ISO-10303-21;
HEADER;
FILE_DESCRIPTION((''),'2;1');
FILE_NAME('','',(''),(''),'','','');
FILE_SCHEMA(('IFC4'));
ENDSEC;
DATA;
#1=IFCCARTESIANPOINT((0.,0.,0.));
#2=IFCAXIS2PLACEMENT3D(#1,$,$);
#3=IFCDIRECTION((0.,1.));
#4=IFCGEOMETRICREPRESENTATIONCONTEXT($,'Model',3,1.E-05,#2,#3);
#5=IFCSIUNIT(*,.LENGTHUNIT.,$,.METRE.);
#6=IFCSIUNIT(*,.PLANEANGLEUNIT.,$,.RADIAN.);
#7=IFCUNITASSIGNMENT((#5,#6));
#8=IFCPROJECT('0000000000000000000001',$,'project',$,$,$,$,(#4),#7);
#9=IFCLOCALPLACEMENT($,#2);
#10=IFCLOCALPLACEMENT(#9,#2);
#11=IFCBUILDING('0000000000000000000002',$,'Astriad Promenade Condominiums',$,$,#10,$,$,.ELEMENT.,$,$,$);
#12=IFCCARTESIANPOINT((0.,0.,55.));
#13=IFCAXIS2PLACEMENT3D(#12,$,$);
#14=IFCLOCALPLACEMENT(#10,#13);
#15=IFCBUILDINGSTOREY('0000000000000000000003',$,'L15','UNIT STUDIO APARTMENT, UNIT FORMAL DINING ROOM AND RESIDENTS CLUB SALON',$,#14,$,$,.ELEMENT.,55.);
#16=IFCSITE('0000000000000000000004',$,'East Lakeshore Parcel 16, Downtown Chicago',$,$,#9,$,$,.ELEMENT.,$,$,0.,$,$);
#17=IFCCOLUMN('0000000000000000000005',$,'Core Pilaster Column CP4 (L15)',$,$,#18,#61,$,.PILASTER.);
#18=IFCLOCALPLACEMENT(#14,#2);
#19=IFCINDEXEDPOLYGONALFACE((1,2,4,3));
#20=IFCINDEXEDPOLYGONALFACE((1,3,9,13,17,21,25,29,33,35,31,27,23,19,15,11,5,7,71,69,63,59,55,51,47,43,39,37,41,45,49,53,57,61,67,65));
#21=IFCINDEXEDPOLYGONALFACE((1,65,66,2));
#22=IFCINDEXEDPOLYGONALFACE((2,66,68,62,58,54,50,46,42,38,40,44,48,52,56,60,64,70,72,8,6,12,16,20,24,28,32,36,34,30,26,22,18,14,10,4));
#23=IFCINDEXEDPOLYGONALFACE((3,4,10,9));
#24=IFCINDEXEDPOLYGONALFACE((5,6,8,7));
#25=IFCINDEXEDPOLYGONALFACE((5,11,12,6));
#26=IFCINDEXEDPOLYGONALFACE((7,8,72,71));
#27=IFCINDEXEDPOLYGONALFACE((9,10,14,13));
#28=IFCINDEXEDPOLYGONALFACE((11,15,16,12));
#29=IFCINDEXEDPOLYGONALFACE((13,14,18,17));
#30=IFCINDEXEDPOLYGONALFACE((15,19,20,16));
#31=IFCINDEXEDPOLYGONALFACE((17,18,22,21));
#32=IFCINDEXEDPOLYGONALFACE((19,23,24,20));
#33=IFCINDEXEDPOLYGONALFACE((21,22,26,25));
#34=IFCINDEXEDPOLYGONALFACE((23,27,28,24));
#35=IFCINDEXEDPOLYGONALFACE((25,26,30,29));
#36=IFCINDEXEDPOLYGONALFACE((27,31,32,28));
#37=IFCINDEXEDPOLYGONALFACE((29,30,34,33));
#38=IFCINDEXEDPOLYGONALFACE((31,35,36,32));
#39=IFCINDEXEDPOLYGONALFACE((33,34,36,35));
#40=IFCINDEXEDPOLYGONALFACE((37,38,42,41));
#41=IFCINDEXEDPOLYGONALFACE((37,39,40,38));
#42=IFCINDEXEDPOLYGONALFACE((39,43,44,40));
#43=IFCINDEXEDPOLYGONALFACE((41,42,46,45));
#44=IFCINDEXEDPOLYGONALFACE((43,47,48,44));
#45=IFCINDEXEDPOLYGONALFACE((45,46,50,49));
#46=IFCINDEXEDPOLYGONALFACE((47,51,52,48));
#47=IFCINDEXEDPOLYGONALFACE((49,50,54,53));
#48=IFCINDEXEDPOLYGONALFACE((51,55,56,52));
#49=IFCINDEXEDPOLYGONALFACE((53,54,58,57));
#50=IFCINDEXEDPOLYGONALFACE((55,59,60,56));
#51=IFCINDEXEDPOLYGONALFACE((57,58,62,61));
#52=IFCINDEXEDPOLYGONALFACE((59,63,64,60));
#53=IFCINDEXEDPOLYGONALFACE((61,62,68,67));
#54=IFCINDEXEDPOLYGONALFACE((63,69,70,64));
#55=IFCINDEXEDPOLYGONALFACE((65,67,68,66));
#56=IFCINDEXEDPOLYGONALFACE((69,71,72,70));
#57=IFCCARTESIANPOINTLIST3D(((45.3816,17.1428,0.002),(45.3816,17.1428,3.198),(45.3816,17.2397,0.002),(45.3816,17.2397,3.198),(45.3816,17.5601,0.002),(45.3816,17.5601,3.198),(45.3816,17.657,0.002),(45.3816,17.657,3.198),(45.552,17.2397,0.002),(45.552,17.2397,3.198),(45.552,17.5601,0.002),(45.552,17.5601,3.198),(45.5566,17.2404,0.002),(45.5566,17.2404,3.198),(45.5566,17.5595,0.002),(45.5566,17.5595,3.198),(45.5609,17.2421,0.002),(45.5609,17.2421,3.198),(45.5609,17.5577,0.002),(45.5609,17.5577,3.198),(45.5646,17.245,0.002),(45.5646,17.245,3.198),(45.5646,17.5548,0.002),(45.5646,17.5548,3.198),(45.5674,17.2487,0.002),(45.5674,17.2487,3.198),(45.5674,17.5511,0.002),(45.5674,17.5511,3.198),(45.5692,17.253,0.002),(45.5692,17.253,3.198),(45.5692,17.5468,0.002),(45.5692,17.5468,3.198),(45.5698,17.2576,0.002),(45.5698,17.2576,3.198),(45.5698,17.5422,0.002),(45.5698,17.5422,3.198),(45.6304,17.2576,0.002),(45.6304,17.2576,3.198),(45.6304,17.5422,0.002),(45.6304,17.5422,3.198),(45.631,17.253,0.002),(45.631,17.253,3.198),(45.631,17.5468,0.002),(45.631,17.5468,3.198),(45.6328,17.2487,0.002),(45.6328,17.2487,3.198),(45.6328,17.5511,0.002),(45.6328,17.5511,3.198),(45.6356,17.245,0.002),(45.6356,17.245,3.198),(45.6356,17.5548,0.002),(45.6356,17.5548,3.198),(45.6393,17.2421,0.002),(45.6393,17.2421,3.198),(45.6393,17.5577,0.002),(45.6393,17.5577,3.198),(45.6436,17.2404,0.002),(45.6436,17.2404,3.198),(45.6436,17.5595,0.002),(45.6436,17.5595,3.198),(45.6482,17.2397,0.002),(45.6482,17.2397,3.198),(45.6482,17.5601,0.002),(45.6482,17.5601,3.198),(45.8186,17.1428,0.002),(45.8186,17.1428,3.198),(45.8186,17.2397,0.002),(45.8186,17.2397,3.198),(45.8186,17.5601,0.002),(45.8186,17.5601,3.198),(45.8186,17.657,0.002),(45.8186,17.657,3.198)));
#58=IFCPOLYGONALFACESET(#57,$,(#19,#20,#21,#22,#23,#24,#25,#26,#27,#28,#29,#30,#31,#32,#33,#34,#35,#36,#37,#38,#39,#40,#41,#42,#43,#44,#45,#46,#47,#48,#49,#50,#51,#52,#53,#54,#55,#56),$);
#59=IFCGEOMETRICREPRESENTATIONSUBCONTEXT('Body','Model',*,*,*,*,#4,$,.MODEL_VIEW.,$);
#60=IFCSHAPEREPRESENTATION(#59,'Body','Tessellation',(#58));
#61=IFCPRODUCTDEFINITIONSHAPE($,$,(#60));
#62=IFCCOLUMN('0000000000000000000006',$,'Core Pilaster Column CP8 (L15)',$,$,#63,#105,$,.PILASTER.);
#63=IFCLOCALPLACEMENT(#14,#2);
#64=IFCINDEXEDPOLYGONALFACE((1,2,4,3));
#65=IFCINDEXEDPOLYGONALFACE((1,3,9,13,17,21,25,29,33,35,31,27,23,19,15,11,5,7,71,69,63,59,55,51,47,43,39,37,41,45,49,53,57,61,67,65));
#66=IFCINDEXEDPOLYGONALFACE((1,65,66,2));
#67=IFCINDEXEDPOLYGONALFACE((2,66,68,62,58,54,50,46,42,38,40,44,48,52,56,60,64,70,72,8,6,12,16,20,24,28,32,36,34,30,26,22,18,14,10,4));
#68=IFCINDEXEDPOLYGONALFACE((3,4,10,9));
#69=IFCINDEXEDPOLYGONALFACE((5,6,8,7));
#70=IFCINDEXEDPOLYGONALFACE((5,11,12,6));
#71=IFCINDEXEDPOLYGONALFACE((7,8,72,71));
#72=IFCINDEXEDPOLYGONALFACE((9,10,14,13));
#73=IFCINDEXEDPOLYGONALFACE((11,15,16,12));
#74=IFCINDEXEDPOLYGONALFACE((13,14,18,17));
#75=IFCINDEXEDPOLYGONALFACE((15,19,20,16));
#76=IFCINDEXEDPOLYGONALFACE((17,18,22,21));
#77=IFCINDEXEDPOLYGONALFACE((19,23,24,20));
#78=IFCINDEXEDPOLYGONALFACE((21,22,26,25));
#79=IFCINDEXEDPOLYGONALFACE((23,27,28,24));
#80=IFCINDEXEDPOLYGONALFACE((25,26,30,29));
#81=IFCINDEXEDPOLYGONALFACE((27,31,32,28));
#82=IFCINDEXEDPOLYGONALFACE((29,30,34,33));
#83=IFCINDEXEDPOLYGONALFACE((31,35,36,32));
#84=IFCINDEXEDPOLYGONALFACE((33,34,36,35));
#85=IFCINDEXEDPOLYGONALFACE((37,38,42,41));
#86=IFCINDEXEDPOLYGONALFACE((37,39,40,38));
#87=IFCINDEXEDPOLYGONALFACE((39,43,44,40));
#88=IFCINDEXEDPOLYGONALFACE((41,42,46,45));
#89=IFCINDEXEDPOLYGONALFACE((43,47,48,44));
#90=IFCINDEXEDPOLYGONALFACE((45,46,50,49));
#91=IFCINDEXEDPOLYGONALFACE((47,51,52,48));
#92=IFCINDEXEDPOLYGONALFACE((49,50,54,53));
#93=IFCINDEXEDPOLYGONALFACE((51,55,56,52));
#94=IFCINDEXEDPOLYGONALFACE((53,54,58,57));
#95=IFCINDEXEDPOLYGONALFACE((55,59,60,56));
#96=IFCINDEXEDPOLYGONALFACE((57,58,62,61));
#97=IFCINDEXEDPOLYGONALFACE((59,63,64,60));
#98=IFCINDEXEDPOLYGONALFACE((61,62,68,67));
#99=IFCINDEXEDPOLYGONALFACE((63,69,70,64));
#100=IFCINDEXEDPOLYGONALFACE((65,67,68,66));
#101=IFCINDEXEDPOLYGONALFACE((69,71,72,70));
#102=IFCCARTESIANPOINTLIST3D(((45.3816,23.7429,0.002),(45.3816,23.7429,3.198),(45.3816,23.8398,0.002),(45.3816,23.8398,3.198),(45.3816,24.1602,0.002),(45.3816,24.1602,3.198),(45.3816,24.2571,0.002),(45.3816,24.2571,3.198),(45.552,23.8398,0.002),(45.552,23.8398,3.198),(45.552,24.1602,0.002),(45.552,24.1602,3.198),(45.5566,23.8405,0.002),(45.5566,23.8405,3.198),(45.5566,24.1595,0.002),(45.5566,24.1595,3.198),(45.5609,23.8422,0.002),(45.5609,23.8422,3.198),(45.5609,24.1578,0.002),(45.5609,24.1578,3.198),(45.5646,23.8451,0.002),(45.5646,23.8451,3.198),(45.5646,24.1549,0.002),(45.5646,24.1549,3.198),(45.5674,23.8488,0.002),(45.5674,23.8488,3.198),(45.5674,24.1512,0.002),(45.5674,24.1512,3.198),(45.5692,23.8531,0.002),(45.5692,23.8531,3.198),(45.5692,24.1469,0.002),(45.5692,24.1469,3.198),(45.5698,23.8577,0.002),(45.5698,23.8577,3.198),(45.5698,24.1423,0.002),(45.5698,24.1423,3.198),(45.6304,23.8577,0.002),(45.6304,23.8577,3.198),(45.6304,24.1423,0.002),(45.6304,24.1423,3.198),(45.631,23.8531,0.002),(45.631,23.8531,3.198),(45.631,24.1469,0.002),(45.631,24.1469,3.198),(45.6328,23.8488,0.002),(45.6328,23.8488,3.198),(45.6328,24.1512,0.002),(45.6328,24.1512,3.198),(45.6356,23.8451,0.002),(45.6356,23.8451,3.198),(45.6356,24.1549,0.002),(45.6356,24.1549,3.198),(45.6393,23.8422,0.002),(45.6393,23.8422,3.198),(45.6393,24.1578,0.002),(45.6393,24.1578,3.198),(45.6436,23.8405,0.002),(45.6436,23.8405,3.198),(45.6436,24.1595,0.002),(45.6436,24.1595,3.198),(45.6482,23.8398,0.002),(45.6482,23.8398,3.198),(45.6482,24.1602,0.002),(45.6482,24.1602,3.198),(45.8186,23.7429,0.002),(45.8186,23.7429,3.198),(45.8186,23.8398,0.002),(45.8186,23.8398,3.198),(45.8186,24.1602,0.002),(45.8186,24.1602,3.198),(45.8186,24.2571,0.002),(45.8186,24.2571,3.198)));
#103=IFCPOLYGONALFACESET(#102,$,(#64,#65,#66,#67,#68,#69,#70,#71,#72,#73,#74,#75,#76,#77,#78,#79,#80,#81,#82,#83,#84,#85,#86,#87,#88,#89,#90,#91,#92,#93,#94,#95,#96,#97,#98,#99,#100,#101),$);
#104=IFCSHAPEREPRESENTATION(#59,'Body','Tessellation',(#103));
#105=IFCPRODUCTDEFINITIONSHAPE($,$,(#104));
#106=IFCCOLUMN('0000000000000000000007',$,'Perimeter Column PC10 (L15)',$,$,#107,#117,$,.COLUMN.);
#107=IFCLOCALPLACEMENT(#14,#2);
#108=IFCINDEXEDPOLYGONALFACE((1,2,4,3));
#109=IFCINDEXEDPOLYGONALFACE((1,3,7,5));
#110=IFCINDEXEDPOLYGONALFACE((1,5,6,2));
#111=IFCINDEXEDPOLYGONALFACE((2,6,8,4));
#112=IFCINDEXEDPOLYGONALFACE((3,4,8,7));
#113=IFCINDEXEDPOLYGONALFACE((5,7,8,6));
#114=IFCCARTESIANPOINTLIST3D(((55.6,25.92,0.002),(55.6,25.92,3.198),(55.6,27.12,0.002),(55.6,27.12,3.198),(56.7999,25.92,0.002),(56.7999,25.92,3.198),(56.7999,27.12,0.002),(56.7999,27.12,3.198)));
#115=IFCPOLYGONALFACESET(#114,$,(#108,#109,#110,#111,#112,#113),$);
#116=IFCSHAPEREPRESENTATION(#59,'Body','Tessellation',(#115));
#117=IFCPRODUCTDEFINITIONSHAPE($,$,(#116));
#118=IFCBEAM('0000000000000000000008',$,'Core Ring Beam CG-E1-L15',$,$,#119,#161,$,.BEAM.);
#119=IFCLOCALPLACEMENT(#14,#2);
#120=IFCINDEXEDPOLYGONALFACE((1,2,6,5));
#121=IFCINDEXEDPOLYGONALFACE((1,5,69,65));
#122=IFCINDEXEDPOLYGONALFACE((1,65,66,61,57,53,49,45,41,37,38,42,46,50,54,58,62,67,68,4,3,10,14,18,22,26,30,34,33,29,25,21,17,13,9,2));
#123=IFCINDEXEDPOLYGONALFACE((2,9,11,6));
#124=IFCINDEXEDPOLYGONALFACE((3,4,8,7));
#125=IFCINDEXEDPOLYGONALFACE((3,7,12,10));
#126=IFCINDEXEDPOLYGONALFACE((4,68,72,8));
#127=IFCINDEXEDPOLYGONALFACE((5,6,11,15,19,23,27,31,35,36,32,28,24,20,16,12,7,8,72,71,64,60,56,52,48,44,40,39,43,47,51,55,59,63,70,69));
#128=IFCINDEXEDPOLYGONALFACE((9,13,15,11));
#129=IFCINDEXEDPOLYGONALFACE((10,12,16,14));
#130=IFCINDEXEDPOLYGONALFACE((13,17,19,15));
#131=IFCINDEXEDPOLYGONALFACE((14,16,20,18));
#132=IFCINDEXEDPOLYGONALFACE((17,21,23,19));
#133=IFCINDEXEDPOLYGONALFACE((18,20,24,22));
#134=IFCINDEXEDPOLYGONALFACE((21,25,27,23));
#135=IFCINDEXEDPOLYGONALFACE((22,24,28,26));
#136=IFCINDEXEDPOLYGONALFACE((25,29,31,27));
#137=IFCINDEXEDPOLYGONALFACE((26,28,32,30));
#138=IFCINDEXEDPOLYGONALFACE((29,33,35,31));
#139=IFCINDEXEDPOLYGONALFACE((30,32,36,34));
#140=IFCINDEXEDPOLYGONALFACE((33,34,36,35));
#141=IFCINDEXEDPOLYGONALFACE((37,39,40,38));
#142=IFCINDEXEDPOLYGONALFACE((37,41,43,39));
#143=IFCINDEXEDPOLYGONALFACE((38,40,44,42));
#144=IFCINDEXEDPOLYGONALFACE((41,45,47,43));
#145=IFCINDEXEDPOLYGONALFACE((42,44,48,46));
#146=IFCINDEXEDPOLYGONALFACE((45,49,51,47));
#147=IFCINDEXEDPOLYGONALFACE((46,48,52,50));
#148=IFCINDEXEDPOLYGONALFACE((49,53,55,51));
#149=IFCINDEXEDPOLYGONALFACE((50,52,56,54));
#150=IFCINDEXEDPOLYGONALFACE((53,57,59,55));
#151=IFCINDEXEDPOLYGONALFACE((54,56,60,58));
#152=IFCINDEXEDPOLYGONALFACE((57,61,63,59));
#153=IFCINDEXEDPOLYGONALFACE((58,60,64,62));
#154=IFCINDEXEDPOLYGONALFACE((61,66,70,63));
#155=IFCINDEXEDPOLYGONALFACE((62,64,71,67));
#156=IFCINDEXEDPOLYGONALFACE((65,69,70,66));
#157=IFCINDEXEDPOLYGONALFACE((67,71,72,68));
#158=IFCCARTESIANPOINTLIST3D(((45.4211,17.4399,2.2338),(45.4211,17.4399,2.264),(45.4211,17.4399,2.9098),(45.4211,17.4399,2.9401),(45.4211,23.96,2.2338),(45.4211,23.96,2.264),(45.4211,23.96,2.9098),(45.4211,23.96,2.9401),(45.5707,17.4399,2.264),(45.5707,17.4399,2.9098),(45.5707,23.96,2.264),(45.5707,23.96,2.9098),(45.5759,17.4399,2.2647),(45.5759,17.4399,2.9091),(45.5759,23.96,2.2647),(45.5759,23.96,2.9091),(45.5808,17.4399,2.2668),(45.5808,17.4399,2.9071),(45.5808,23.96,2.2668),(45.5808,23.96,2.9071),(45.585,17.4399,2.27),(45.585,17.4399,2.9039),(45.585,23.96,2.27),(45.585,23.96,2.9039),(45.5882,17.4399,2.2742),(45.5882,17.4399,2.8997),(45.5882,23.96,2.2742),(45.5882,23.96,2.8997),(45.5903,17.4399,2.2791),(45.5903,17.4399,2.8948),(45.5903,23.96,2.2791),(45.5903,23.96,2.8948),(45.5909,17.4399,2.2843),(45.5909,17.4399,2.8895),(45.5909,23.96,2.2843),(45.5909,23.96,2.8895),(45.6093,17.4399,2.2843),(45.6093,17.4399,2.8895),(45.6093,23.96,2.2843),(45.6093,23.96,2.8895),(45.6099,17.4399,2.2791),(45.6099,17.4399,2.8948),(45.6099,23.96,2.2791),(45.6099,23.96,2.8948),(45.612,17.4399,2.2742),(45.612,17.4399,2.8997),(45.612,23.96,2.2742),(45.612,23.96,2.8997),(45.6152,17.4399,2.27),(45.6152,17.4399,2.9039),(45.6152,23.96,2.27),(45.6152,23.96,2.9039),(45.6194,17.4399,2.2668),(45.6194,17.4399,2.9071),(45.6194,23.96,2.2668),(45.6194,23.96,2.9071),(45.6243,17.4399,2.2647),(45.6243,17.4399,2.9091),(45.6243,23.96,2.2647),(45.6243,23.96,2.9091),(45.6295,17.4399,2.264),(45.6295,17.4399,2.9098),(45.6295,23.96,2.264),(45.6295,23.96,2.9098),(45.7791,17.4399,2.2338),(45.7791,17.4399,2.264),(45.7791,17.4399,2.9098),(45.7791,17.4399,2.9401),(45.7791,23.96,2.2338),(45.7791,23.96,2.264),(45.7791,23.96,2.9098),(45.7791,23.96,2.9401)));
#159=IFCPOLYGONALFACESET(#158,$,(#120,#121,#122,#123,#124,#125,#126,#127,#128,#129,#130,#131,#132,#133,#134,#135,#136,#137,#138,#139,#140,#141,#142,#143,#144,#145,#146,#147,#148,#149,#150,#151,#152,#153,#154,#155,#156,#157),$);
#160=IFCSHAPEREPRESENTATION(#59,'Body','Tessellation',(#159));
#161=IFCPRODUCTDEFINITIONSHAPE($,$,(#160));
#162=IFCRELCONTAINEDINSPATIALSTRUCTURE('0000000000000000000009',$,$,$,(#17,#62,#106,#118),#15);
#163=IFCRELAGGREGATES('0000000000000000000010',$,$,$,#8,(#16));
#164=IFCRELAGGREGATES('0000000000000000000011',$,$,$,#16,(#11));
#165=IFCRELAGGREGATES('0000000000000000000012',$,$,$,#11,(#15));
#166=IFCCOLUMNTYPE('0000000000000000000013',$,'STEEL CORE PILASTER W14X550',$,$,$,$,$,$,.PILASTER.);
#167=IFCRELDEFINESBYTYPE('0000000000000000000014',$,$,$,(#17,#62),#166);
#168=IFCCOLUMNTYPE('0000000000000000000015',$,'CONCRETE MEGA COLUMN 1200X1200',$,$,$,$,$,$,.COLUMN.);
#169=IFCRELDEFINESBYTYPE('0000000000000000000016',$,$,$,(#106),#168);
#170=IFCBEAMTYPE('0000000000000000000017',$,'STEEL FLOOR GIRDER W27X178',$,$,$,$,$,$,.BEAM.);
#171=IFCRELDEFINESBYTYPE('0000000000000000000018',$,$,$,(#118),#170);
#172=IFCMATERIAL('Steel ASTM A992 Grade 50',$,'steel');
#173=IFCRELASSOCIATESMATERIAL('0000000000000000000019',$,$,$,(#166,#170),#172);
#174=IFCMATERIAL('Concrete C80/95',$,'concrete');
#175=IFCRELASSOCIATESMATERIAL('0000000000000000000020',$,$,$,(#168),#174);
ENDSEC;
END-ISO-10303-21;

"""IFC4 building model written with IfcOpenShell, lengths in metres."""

from ifc_helpers import new_model, si_unit, direction, frame, origin, origin_2d, place, context, subcontext, project, spatial, rectangle, i_section, extrude, source, transform, mapped, material, material_profile, profile_set, type_object, type_shapes, element, save


model = new_model("IFC4")

# Units and contexts
model_context = context("Model", 3, precision=1e-05, world=origin(), true_north=direction((0.0, 1.0)))
body_context = subcontext(model_context, "Body", "Model", "MODEL_VIEW")
ifc_project = project(units=[si_unit("LENGTHUNIT", "METRE"), si_unit("PLANEANGLEUNIT", "RADIAN")], contexts=[model_context])

# Site, building, storey
site_placement = place(None, origin())
site = spatial("IfcSite", under=ifc_project, at=site_placement, Name="East Lakeshore Parcel 16, Downtown Chicago", CompositionType="ELEMENT", RefElevation=0.0)
building_placement = place(site_placement, origin())
building = spatial("IfcBuilding", under=site, at=building_placement, Name="Astriad Promenade Condominiums", CompositionType="ELEMENT")
storey_placement = place(building_placement, frame((0.0, 0.0, 55.0)))
storey = spatial("IfcBuildingStorey", under=building, at=storey_placement, Name="L15", Description="UNIT STUDIO APARTMENT, UNIT FORMAL DINING ROOM AND RESIDENTS CLUB SALON", CompositionType="ELEMENT", Elevation=55.0)

# Columns
ifc_material_1 = material(Name="Steel ASTM A992 Grade 50", Category="steel")
ifc_material_profile_1 = material_profile(ifc_material_1, i_section(OverallWidth=0.437, OverallDepth=0.5142, WebThickness=0.0605, FlangeThickness=0.0969, FilletRadius=0.0178, at=origin_2d()), Name="W14X550")
ifc_profile_set_1 = profile_set([ifc_material_profile_1], Name="Steel ASTM A992 Grade 50")
column_type_1 = type_object("IfcColumnType", Name="STEEL CORE PILASTER W14X550", PredefinedType="PILASTER", material=ifc_profile_set_1)
shared_shape_1 = source(origin(), body_context, "Body", "SweptSolid", [
    extrude(i_section(OverallWidth=0.437, OverallDepth=0.5142, WebThickness=0.0605, FlangeThickness=0.0969, FilletRadius=0.0178, at=origin_2d()), origin(), (0.0, 0.0, 1.0), 3.196),
])
type_shapes(column_type_1, [shared_shape_1])
for number, where, z_axis, x_axis, name in (
    (1, (45.6001, 17.3999, 0.002), (0.0, 0.0, 1.0), (1.0, 0.0, 0.0), "Core Pilaster Column CP4 (L15)"),
    (2, (45.6001, 24.0, 0.002), (0.0, 0.0, 1.0), (1.0, 0.0, 0.0), "Core Pilaster Column CP8 (L15)"),
):
    element("IfcColumn", number, at=place(storey_placement, frame(where, z_axis=z_axis, x_axis=x_axis)), inside=storey, type_object=column_type_1, Name=name, PredefinedType="PILASTER", context=body_context, shape_type="MappedRepresentation", body=[
        mapped(shared_shape_1, transform((0.0, 0.0, 0.0), scale=1.0)),
    ])
ifc_material_2 = material(Name="Concrete C80/95", Category="concrete")
ifc_material_profile_2 = material_profile(ifc_material_2, rectangle(XDim=1.2, YDim=1.2, at=origin_2d()), Name="RC-COL-1200X1200")
ifc_profile_set_2 = profile_set([ifc_material_profile_2], Name="Concrete C80/95")
column_type_2 = type_object("IfcColumnType", Name="CONCRETE MEGA COLUMN 1200X1200", PredefinedType="COLUMN", material=ifc_profile_set_2)
shared_shape_2 = source(origin(), body_context, "Body", "SweptSolid", [
    extrude(rectangle(XDim=1.2, YDim=1.2, at=origin_2d()), origin(), (0.0, 0.0, 1.0), 3.196),
])
type_shapes(column_type_2, [shared_shape_2])
column_placement = place(storey_placement, frame((56.2, 26.52, 0.002), z_axis=(0.0, 0.0, 1.0), x_axis=(1.0, 0.0, 0.0)))
element("IfcColumn", 3, at=column_placement, inside=storey, type_object=column_type_2, Name="Perimeter Column PC10 (L15)", PredefinedType="COLUMN", context=body_context, shape_type="MappedRepresentation", body=[
    mapped(shared_shape_2, transform((0.0, 0.0, 0.0), scale=1.0)),
])

# Beam
ifc_material_profile_3 = material_profile(ifc_material_1, i_section(OverallWidth=0.3579, OverallDepth=0.7063, WebThickness=0.0183, FlangeThickness=0.0303, FilletRadius=0.0203, at=origin_2d()), Name="W27X178")
ifc_profile_set_3 = profile_set([ifc_material_profile_3], Name="Steel ASTM A992 Grade 50")
beam_type_1 = type_object("IfcBeamType", Name="STEEL FLOOR GIRDER W27X178", PredefinedType="BEAM", material=ifc_profile_set_3)
shared_shape_3 = source(origin(), body_context, "Body", "SweptSolid", [
    extrude(i_section(OverallWidth=0.3579, OverallDepth=0.7063, WebThickness=0.0183, FlangeThickness=0.0303, FilletRadius=0.0203, at=origin_2d()), origin(), (0.0, 0.0, 1.0), 6.52),
])
type_shapes(beam_type_1, [shared_shape_3])
beam_1_placement = place(storey_placement, frame((45.6001, 17.4399, 2.5869), z_axis=(0.0, 1.0, 0.0), x_axis=(-1.0, 0.0, 0.0)))
element("IfcBeam", 4, at=beam_1_placement, inside=storey, type_object=beam_type_1, Name="Core Ring Beam CG-E1-L15", PredefinedType="BEAM", context=body_context, shape_type="MappedRepresentation", body=[
    mapped(shared_shape_3, transform((0.0, 0.0, 0.0), scale=1.0)),
])

save(model, "model.ifc")
